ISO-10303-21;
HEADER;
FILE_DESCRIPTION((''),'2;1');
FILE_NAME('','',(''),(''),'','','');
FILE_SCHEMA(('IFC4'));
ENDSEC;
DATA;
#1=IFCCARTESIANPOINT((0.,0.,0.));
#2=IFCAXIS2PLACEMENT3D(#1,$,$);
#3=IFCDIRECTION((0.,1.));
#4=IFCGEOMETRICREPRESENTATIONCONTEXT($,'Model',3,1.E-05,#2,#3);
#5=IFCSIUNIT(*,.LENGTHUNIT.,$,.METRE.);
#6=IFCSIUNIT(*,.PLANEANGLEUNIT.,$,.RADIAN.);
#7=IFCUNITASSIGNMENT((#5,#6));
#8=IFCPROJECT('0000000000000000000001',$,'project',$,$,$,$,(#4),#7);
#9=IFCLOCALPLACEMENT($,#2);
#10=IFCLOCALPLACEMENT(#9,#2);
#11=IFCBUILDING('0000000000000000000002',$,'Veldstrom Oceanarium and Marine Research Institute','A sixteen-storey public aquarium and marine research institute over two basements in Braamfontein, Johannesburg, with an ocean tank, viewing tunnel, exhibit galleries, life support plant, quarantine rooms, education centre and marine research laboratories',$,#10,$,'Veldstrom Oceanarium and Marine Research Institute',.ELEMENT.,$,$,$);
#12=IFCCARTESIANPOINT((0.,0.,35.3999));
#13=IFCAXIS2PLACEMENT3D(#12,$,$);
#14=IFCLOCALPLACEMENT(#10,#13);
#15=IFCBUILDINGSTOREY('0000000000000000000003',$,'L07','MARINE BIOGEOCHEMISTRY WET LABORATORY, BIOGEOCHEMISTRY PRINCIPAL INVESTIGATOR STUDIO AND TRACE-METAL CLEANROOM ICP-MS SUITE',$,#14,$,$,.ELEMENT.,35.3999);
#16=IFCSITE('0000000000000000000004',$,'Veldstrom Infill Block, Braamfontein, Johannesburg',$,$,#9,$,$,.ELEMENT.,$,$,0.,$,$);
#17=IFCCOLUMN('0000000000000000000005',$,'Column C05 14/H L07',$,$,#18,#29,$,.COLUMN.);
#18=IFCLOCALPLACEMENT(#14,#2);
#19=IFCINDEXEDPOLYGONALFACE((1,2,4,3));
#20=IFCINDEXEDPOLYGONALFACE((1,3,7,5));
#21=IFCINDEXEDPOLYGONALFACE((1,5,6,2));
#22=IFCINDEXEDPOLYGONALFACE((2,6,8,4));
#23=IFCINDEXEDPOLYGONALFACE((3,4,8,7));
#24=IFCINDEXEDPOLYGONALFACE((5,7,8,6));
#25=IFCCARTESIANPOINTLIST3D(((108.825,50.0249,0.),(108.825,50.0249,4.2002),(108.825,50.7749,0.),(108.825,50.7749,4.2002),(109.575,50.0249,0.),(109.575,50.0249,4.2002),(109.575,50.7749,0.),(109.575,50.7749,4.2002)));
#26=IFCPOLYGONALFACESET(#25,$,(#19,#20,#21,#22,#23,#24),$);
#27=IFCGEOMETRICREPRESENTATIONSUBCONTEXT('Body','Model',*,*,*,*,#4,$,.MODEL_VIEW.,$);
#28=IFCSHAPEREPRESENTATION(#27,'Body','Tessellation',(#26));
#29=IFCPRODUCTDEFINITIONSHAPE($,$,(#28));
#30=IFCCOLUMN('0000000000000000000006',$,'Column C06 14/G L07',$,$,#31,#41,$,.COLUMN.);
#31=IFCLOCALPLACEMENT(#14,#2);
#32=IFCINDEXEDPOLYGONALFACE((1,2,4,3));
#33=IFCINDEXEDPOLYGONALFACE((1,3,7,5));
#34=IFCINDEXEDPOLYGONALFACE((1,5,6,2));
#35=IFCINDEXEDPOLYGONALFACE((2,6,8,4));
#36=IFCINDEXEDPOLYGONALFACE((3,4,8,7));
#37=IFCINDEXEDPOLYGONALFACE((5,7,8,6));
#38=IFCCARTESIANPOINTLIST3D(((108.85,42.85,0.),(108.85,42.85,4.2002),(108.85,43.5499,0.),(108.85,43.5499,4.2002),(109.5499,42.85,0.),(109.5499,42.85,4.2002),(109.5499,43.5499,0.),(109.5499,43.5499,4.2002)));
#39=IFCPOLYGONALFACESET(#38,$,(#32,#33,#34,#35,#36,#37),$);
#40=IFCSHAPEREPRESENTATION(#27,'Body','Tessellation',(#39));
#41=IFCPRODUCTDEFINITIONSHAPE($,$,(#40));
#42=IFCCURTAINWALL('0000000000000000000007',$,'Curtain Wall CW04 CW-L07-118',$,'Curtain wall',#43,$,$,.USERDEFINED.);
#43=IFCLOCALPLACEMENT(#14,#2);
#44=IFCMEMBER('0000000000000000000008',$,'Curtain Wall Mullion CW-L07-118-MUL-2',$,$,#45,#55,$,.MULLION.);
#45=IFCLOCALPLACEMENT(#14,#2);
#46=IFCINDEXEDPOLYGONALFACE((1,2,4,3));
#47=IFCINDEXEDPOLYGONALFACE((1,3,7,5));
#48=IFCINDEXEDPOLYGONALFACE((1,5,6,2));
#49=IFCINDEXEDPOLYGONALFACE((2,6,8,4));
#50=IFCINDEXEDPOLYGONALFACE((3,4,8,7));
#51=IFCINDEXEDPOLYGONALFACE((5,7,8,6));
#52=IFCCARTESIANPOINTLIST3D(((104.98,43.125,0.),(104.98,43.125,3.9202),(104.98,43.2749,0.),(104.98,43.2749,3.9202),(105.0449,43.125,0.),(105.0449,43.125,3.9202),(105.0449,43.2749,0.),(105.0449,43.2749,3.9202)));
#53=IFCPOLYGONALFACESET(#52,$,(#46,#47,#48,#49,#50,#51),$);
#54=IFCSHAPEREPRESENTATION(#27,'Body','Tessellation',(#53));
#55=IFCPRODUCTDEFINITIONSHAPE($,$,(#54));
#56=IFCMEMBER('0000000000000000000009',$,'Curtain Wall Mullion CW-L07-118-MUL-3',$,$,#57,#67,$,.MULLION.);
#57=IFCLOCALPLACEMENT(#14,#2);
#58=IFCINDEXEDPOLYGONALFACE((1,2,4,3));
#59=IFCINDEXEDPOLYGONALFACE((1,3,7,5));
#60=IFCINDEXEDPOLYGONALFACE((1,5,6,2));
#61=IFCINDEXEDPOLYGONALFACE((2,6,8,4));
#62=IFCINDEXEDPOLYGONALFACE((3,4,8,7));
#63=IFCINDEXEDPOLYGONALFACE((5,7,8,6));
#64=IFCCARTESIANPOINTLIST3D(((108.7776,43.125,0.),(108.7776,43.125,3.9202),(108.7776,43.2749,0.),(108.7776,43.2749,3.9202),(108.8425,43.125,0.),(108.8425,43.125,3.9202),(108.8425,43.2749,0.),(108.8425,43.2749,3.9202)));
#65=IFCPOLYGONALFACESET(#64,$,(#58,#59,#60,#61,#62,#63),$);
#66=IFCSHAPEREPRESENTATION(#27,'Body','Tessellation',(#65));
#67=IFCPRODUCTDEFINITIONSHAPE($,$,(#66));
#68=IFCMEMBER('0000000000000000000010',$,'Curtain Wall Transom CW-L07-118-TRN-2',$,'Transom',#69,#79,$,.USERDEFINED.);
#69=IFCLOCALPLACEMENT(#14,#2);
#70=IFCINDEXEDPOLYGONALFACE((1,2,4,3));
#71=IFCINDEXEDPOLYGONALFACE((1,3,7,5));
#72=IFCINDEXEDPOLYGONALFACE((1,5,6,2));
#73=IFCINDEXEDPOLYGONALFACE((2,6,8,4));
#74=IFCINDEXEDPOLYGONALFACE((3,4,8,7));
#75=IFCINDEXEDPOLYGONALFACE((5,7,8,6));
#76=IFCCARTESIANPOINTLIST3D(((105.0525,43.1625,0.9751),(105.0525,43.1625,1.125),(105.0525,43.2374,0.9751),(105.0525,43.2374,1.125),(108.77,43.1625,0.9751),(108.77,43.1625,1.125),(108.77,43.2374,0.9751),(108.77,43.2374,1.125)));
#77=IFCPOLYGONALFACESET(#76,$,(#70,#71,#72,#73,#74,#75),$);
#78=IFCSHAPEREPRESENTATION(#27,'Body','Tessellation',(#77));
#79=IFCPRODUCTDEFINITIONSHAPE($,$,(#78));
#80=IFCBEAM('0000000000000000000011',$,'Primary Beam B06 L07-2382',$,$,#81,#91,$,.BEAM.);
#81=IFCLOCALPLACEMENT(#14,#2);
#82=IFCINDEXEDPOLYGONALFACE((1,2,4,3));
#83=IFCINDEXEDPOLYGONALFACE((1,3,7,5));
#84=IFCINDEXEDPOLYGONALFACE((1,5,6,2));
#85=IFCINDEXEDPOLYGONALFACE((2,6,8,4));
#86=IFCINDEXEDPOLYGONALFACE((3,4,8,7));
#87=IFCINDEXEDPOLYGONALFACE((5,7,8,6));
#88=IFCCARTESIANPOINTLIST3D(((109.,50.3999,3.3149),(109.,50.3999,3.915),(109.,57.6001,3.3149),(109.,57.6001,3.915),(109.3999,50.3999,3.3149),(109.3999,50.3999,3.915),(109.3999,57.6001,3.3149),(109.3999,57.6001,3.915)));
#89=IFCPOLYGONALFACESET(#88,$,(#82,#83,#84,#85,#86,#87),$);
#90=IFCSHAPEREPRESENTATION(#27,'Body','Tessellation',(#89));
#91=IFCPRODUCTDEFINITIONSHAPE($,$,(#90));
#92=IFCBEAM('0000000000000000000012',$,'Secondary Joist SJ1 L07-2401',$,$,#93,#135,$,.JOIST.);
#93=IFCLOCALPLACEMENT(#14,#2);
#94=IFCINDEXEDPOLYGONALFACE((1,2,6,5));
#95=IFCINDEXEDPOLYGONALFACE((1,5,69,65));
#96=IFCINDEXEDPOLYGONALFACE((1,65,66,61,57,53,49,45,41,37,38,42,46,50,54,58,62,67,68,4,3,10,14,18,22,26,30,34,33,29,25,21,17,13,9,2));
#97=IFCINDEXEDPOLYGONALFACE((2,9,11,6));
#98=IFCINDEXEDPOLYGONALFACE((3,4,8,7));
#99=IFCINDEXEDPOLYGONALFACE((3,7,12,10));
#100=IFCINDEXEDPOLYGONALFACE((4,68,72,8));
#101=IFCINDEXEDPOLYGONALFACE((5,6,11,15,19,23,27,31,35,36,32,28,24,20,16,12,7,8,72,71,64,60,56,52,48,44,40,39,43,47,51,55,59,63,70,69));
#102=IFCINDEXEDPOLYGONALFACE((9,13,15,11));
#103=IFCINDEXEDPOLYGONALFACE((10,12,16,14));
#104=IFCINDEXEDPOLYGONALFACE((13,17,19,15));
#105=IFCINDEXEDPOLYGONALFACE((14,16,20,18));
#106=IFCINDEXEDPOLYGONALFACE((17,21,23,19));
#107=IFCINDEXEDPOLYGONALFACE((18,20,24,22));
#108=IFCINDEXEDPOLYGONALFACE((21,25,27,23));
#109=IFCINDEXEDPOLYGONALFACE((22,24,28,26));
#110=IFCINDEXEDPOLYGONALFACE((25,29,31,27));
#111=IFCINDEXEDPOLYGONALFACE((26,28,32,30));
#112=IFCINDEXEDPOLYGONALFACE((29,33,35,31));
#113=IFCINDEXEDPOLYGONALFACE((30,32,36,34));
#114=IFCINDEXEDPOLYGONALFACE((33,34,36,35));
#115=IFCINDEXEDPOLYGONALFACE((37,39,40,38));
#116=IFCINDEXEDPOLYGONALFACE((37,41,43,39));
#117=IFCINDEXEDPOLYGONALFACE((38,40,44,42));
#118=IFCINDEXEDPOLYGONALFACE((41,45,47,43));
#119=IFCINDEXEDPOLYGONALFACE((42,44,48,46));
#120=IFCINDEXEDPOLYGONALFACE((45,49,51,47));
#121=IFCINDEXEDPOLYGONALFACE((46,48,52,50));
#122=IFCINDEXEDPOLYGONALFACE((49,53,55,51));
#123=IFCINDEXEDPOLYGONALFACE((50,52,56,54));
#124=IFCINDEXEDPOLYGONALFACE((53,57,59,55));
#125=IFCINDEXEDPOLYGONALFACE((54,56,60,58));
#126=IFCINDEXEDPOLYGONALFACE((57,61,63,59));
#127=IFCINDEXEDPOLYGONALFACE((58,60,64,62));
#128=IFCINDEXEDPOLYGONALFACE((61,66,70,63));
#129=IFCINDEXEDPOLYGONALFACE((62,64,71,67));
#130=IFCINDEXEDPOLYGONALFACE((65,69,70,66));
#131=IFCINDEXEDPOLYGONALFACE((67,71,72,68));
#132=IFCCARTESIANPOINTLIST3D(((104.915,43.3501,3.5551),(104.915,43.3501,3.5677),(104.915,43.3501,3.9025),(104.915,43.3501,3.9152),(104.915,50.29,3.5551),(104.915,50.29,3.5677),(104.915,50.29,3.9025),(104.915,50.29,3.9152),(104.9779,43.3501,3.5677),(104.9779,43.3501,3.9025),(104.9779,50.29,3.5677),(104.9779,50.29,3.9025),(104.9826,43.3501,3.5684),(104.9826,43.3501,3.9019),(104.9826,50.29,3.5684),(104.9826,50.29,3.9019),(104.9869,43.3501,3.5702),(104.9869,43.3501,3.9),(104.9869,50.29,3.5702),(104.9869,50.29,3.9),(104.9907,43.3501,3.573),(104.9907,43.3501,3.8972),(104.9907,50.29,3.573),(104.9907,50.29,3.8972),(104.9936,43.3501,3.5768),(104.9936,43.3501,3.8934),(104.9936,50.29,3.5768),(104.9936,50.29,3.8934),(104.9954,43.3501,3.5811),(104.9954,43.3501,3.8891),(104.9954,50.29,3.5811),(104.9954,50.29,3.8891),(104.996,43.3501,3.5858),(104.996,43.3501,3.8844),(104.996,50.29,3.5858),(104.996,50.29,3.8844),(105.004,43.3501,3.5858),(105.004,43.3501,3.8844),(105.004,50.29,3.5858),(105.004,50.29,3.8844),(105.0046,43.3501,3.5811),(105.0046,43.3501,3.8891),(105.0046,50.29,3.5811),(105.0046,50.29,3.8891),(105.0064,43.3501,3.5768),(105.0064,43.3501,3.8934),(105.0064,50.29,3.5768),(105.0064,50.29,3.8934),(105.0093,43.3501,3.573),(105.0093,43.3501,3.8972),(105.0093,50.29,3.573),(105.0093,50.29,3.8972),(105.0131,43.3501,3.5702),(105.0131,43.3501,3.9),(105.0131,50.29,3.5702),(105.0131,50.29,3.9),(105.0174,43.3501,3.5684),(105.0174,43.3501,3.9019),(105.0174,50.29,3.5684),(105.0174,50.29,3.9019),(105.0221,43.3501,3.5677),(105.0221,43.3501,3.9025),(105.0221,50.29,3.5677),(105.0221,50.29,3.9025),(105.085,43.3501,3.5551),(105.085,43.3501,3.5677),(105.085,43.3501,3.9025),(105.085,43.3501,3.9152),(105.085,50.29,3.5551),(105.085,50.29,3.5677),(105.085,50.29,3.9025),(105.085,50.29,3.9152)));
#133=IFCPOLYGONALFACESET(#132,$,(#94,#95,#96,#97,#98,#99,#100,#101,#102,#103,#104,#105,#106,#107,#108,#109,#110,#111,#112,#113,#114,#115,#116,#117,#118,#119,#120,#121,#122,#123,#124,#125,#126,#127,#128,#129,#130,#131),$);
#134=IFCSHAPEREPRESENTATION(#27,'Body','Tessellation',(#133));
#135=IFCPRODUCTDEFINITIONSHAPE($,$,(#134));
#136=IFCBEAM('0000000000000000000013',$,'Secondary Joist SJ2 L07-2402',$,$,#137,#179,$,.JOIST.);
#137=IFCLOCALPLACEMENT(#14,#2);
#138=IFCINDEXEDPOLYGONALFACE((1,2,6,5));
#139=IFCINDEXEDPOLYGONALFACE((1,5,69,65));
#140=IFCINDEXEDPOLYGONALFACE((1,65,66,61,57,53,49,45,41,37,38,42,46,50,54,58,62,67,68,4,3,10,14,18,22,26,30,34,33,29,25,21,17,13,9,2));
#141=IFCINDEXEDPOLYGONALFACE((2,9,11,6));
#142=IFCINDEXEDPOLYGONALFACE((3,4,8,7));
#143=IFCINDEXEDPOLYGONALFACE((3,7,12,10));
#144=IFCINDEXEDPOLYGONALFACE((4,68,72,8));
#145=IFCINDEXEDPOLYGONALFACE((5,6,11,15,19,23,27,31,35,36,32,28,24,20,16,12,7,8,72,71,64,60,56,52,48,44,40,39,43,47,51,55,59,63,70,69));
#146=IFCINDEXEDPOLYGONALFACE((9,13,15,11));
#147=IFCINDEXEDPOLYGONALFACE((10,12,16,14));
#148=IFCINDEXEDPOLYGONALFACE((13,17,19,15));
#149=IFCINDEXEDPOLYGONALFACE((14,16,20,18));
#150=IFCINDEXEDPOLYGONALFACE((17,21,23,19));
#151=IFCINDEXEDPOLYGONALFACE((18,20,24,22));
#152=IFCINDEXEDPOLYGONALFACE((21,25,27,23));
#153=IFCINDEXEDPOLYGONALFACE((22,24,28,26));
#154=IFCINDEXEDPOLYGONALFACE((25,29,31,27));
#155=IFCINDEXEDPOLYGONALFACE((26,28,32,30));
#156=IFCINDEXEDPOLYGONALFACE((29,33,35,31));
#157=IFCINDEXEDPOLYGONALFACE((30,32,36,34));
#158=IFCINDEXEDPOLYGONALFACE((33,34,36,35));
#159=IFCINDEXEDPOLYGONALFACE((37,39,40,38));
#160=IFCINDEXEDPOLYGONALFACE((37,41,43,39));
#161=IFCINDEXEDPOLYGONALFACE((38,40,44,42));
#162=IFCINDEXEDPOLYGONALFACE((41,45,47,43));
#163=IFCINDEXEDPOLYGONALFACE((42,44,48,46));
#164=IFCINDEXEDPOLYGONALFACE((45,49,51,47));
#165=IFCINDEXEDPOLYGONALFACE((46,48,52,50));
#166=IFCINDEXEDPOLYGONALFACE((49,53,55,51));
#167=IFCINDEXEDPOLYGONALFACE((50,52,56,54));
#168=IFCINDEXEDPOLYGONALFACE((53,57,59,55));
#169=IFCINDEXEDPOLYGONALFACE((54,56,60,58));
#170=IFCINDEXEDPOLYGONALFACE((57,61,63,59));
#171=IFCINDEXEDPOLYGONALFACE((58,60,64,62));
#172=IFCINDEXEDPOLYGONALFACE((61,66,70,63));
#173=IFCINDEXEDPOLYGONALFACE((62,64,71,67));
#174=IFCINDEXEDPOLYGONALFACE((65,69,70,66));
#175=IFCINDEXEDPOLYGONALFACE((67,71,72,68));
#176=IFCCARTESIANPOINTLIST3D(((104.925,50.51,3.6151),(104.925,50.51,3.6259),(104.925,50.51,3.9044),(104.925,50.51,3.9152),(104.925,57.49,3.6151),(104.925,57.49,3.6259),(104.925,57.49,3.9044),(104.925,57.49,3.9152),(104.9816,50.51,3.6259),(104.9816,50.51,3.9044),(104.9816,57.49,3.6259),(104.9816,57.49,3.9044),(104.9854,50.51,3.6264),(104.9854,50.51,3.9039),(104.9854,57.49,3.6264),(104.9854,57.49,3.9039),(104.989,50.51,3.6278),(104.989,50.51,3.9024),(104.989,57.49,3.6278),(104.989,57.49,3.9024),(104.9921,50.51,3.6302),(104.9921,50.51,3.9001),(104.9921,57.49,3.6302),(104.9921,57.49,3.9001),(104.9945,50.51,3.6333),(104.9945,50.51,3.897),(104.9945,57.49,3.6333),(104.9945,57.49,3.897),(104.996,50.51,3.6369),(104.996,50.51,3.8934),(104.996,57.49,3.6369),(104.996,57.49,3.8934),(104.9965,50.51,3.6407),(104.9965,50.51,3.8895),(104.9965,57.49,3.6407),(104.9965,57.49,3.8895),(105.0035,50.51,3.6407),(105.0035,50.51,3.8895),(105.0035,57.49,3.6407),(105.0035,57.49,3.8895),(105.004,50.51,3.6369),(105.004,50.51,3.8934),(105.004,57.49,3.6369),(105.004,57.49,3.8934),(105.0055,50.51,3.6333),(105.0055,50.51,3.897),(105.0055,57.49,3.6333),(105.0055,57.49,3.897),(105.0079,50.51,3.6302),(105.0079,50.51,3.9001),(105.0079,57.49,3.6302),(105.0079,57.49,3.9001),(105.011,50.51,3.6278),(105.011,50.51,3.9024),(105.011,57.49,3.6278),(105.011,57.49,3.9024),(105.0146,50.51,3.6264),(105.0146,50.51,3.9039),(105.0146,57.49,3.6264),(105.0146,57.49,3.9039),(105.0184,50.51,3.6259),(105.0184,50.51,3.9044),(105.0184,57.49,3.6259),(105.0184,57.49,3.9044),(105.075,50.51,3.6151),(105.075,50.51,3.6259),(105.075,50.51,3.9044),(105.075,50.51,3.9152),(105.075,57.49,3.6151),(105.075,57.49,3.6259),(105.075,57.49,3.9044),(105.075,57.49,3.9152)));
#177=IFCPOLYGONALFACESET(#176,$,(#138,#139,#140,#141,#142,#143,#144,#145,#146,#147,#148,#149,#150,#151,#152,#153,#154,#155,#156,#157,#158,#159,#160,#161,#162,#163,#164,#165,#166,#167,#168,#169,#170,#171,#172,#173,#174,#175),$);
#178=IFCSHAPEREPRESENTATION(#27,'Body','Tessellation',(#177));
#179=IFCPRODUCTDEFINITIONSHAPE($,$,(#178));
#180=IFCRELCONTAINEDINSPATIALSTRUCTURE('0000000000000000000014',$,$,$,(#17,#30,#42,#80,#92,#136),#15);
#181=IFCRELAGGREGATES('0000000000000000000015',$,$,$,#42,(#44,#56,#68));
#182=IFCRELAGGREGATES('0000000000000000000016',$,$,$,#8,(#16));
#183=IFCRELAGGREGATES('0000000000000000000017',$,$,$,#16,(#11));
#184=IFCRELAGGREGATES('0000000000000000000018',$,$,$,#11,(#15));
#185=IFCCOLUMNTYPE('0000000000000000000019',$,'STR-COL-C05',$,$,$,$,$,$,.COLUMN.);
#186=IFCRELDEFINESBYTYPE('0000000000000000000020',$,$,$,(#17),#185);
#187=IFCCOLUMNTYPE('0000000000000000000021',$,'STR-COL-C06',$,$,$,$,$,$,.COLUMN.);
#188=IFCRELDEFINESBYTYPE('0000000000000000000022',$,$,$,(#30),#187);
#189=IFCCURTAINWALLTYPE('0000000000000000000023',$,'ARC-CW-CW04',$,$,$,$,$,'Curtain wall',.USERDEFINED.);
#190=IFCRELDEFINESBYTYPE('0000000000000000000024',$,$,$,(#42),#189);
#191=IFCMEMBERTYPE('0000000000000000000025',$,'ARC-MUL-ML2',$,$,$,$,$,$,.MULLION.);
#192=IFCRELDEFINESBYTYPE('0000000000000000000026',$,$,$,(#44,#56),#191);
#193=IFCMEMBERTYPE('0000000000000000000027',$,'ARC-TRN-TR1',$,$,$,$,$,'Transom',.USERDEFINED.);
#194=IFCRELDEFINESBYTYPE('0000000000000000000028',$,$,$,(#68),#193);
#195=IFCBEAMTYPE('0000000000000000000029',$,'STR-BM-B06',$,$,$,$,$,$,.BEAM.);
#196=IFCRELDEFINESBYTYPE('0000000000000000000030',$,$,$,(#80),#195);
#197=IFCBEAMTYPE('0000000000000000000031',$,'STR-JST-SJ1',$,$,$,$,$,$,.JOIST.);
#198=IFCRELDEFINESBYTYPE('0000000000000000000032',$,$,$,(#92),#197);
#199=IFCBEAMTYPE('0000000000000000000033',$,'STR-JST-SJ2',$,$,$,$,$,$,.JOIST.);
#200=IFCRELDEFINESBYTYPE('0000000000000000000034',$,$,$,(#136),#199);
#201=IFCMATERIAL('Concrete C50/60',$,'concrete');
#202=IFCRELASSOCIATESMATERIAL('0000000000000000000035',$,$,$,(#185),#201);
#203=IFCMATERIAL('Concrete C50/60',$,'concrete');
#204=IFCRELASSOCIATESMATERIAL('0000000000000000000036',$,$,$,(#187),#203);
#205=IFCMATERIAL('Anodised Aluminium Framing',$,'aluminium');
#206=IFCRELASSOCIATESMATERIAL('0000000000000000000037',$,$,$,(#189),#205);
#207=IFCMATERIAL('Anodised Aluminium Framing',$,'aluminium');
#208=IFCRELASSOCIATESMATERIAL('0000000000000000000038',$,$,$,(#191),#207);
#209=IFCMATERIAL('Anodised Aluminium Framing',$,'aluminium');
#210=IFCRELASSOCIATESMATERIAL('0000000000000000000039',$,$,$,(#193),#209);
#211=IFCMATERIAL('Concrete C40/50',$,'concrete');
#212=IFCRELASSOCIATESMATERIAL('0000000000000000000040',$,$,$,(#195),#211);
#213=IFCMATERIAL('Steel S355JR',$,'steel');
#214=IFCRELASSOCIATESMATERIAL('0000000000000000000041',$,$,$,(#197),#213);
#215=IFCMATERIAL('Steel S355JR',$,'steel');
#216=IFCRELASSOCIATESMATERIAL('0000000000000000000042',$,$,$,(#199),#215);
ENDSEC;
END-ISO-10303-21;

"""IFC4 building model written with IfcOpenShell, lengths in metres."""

from ifc_helpers import new_model, si_unit, direction, frame, origin, origin_2d, place, context, subcontext, project, spatial, rectangle, i_section, extrude, material, material_profile, profile_set, type_object, element, aggregate, save


model = new_model("IFC4")

# Units and contexts
model_context = context("Model", 3, precision=1e-05, world=origin(), true_north=direction((0.0, 1.0)))
body_context = subcontext(model_context, "Body", "Model", "MODEL_VIEW")
ifc_project = project(units=[si_unit("LENGTHUNIT", "METRE"), si_unit("PLANEANGLEUNIT", "RADIAN")], contexts=[model_context])

# Site, building, storey
site_placement = place(None, origin())
site = spatial("IfcSite", under=ifc_project, at=site_placement, Name="Veldstrom Infill Block, Braamfontein, Johannesburg", CompositionType="ELEMENT", RefElevation=0.0)
building_placement = place(site_placement, origin())
building = spatial("IfcBuilding", under=site, at=building_placement, Name="Veldstrom Oceanarium and Marine Research Institute", Description="A sixteen-storey public aquarium and marine research institute over two basements in Braamfontein, Johannesburg, with an ocean tank, viewing tunnel, exhibit galleries, life support plant, quarantine rooms, education centre and marine research laboratories", LongName="Veldstrom Oceanarium and Marine Research Institute", CompositionType="ELEMENT")
storey_placement = place(building_placement, frame((0.0, 0.0, 35.3999)))
storey = spatial("IfcBuildingStorey", under=building, at=storey_placement, Name="L07", Description="MARINE BIOGEOCHEMISTRY WET LABORATORY, BIOGEOCHEMISTRY PRINCIPAL INVESTIGATOR STUDIO AND TRACE-METAL CLEANROOM ICP-MS SUITE", CompositionType="ELEMENT", Elevation=35.3999)

# Columns
ifc_material_1 = material(Name="Concrete C50/60", Category="concrete")
ifc_material_profile_1 = material_profile(ifc_material_1, rectangle(XDim=0.75, YDim=0.75, at=origin_2d()), Name="RC-COL-750x750")
ifc_profile_set_1 = profile_set([ifc_material_profile_1], Name="Concrete C50/60")
column_type_1 = type_object("IfcColumnType", Name="STR-COL-C05", PredefinedType="COLUMN", material=ifc_profile_set_1)
column_1_placement = place(storey_placement, frame((109.2, 50.3999, 0.0), z_axis=(0.0, 0.0, 1.0), x_axis=(1.0, 0.0, 0.0)))
element("IfcColumn", 1, at=column_1_placement, inside=storey, type_object=column_type_1, Name="Column C05 14/H L07", PredefinedType="COLUMN", context=body_context, shape_type="SweptSolid", body=[
    extrude(rectangle(XDim=0.75, YDim=0.75, at=origin_2d()), origin(), (0.0, 0.0, 1.0), 4.2002),
])
ifc_material_2 = material(Name="Concrete C50/60", Category="concrete")
ifc_material_profile_2 = material_profile(ifc_material_2, rectangle(XDim=0.7, YDim=0.7, at=origin_2d()), Name="RC-COL-700x700")
ifc_profile_set_2 = profile_set([ifc_material_profile_2], Name="Concrete C50/60")
column_type_2 = type_object("IfcColumnType", Name="STR-COL-C06", PredefinedType="COLUMN", material=ifc_profile_set_2)
column_2_placement = place(storey_placement, frame((109.2, 43.2, 0.0), z_axis=(0.0, 0.0, 1.0), x_axis=(1.0, 0.0, 0.0)))
element("IfcColumn", 2, at=column_2_placement, inside=storey, type_object=column_type_2, Name="Column C06 14/G L07", PredefinedType="COLUMN", context=body_context, shape_type="SweptSolid", body=[
    extrude(rectangle(XDim=0.7, YDim=0.7, at=origin_2d()), origin(), (0.0, 0.0, 1.0), 4.2002),
])

# Curtain wall, members
ifc_material_3 = material(Name="Anodised Aluminium Framing", Category="aluminium")
curtain_wall_type = type_object("IfcCurtainWallType", Name="ARC-CW-CW04", ElementType="Curtain wall", PredefinedType="USERDEFINED", material=ifc_material_3)
curtain_wall_placement = place(storey_placement, origin())
curtain_wall = element("IfcCurtainWall", 3, at=curtain_wall_placement, inside=storey, type_object=curtain_wall_type, Name="Curtain Wall CW04 CW-L07-118", ObjectType="Curtain wall", PredefinedType="USERDEFINED")
ifc_material_4 = material(Name="Anodised Aluminium Framing", Category="aluminium")
ifc_material_profile_3 = material_profile(ifc_material_4, rectangle(XDim=0.0649, YDim=0.1499, at=origin_2d()), Name="ALU-MUL-65x150")
ifc_profile_set_3 = profile_set([ifc_material_profile_3], Name="Anodised Aluminium Framing")
member_type_1 = type_object("IfcMemberType", Name="ARC-MUL-ML2", PredefinedType="MULLION", material=ifc_profile_set_3)
member_1_placement = place(storey_placement, frame((105.0125, 43.2, 0.0), z_axis=(0.0, 0.0, 1.0), x_axis=(1.0, 0.0, 0.0)))
member_1 = element("IfcMember", 4, at=member_1_placement, type_object=member_type_1, Name="Curtain Wall Mullion CW-L07-118-MUL-2", PredefinedType="MULLION", context=body_context, shape_type="SweptSolid", body=[
    extrude(rectangle(XDim=0.0649, YDim=0.1499, at=origin_2d()), origin(), (0.0, 0.0, 1.0), 3.9202),
])
member_2_placement = place(storey_placement, frame((108.8101, 43.2, 0.0), z_axis=(0.0, 0.0, 1.0), x_axis=(1.0, 0.0, 0.0)))
member_2 = element("IfcMember", 5, at=member_2_placement, type_object=member_type_1, Name="Curtain Wall Mullion CW-L07-118-MUL-3", PredefinedType="MULLION", context=body_context, shape_type="SweptSolid", body=[
    extrude(rectangle(XDim=0.0649, YDim=0.1499, at=origin_2d()), origin(), (0.0, 0.0, 1.0), 3.9202),
])
ifc_material_5 = material(Name="Anodised Aluminium Framing", Category="aluminium")
ifc_material_profile_4 = material_profile(ifc_material_5, rectangle(XDim=0.075, YDim=0.1499, at=origin_2d()), Name="ALU-TRN-75x150")
ifc_profile_set_4 = profile_set([ifc_material_profile_4], Name="Anodised Aluminium Framing")
member_type_2 = type_object("IfcMemberType", Name="ARC-TRN-TR1", ElementType="Transom", PredefinedType="USERDEFINED", material=ifc_profile_set_4)
member_3_placement = place(storey_placement, frame((105.0525, 43.2, 1.05), z_axis=(1.0, 0.0, 0.0), x_axis=(0.0, 1.0, 0.0)))
member_3 = element("IfcMember", 6, at=member_3_placement, type_object=member_type_2, Name="Curtain Wall Transom CW-L07-118-TRN-2", ObjectType="Transom", PredefinedType="USERDEFINED", context=body_context, shape_type="SweptSolid", body=[
    extrude(rectangle(XDim=0.075, YDim=0.1499, at=origin_2d()), origin(), (0.0, 0.0, 1.0), 3.7175),
])

# Beams
ifc_material_6 = material(Name="Concrete C40/50", Category="concrete")
ifc_material_profile_5 = material_profile(ifc_material_6, rectangle(XDim=0.3999, YDim=0.6001, at=origin_2d()), Name="RC-BM-400x600")
ifc_profile_set_5 = profile_set([ifc_material_profile_5], Name="Concrete C40/50")
beam_type_1 = type_object("IfcBeamType", Name="STR-BM-B06", PredefinedType="BEAM", material=ifc_profile_set_5)
beam_1_placement = place(storey_placement, frame((109.2, 50.3999, 3.615), z_axis=(0.0, 1.0, 0.0), x_axis=(-1.0, 0.0, 0.0)))
element("IfcBeam", 7, at=beam_1_placement, inside=storey, type_object=beam_type_1, Name="Primary Beam B06 L07-2382", PredefinedType="BEAM", context=body_context, shape_type="SweptSolid", body=[
    extrude(rectangle(XDim=0.3999, YDim=0.6001, at=origin_2d()), origin(), (0.0, 0.0, 1.0), 7.2002),
])
ifc_material_7 = material(Name="Steel S355JR", Category="steel")
ifc_material_profile_6 = material_profile(ifc_material_7, i_section(OverallWidth=0.1699, OverallDepth=0.3601, WebThickness=0.0081, FlangeThickness=0.0127, FilletRadius=0.0181, at=origin_2d()), Name="IPE 360")
ifc_profile_set_6 = profile_set([ifc_material_profile_6], Name="Steel S355JR")
beam_type_2 = type_object("IfcBeamType", Name="STR-JST-SJ1", PredefinedType="JOIST", material=ifc_profile_set_6)
beam_2_placement = place(storey_placement, frame((105.0, 43.3501, 3.7351), z_axis=(0.0, 1.0, 0.0), x_axis=(-1.0, 0.0, 0.0)))
element("IfcBeam", 8, at=beam_2_placement, inside=storey, type_object=beam_type_2, Name="Secondary Joist SJ1 L07-2401", PredefinedType="JOIST", context=body_context, shape_type="SweptSolid", body=[
    extrude(i_section(OverallWidth=0.1699, OverallDepth=0.3601, WebThickness=0.0081, FlangeThickness=0.0127, FilletRadius=0.0181, at=origin_2d()), origin(), (0.0, 0.0, 1.0), 6.9399),
])
ifc_material_8 = material(Name="Steel S355JR", Category="steel")
ifc_material_profile_7 = material_profile(ifc_material_8, i_section(OverallWidth=0.1499, OverallDepth=0.3, WebThickness=0.0071, FlangeThickness=0.0107, FilletRadius=0.0149, at=origin_2d()), Name="IPE 300")
ifc_profile_set_7 = profile_set([ifc_material_profile_7], Name="Steel S355JR")
beam_type_3 = type_object("IfcBeamType", Name="STR-JST-SJ2", PredefinedType="JOIST", material=ifc_profile_set_7)
beam_3_placement = place(storey_placement, frame((105.0, 50.51, 3.7651), z_axis=(0.0, 1.0, 0.0), x_axis=(-1.0, 0.0, 0.0)))
element("IfcBeam", 9, at=beam_3_placement, inside=storey, type_object=beam_type_3, Name="Secondary Joist SJ2 L07-2402", PredefinedType="JOIST", context=body_context, shape_type="SweptSolid", body=[
    extrude(i_section(OverallWidth=0.1499, OverallDepth=0.3, WebThickness=0.0071, FlangeThickness=0.0107, FilletRadius=0.0149, at=origin_2d()), origin(), (0.0, 0.0, 1.0), 6.98),
])

aggregate(curtain_wall, [member_1, member_2, member_3])

save(model, "model.ifc")
